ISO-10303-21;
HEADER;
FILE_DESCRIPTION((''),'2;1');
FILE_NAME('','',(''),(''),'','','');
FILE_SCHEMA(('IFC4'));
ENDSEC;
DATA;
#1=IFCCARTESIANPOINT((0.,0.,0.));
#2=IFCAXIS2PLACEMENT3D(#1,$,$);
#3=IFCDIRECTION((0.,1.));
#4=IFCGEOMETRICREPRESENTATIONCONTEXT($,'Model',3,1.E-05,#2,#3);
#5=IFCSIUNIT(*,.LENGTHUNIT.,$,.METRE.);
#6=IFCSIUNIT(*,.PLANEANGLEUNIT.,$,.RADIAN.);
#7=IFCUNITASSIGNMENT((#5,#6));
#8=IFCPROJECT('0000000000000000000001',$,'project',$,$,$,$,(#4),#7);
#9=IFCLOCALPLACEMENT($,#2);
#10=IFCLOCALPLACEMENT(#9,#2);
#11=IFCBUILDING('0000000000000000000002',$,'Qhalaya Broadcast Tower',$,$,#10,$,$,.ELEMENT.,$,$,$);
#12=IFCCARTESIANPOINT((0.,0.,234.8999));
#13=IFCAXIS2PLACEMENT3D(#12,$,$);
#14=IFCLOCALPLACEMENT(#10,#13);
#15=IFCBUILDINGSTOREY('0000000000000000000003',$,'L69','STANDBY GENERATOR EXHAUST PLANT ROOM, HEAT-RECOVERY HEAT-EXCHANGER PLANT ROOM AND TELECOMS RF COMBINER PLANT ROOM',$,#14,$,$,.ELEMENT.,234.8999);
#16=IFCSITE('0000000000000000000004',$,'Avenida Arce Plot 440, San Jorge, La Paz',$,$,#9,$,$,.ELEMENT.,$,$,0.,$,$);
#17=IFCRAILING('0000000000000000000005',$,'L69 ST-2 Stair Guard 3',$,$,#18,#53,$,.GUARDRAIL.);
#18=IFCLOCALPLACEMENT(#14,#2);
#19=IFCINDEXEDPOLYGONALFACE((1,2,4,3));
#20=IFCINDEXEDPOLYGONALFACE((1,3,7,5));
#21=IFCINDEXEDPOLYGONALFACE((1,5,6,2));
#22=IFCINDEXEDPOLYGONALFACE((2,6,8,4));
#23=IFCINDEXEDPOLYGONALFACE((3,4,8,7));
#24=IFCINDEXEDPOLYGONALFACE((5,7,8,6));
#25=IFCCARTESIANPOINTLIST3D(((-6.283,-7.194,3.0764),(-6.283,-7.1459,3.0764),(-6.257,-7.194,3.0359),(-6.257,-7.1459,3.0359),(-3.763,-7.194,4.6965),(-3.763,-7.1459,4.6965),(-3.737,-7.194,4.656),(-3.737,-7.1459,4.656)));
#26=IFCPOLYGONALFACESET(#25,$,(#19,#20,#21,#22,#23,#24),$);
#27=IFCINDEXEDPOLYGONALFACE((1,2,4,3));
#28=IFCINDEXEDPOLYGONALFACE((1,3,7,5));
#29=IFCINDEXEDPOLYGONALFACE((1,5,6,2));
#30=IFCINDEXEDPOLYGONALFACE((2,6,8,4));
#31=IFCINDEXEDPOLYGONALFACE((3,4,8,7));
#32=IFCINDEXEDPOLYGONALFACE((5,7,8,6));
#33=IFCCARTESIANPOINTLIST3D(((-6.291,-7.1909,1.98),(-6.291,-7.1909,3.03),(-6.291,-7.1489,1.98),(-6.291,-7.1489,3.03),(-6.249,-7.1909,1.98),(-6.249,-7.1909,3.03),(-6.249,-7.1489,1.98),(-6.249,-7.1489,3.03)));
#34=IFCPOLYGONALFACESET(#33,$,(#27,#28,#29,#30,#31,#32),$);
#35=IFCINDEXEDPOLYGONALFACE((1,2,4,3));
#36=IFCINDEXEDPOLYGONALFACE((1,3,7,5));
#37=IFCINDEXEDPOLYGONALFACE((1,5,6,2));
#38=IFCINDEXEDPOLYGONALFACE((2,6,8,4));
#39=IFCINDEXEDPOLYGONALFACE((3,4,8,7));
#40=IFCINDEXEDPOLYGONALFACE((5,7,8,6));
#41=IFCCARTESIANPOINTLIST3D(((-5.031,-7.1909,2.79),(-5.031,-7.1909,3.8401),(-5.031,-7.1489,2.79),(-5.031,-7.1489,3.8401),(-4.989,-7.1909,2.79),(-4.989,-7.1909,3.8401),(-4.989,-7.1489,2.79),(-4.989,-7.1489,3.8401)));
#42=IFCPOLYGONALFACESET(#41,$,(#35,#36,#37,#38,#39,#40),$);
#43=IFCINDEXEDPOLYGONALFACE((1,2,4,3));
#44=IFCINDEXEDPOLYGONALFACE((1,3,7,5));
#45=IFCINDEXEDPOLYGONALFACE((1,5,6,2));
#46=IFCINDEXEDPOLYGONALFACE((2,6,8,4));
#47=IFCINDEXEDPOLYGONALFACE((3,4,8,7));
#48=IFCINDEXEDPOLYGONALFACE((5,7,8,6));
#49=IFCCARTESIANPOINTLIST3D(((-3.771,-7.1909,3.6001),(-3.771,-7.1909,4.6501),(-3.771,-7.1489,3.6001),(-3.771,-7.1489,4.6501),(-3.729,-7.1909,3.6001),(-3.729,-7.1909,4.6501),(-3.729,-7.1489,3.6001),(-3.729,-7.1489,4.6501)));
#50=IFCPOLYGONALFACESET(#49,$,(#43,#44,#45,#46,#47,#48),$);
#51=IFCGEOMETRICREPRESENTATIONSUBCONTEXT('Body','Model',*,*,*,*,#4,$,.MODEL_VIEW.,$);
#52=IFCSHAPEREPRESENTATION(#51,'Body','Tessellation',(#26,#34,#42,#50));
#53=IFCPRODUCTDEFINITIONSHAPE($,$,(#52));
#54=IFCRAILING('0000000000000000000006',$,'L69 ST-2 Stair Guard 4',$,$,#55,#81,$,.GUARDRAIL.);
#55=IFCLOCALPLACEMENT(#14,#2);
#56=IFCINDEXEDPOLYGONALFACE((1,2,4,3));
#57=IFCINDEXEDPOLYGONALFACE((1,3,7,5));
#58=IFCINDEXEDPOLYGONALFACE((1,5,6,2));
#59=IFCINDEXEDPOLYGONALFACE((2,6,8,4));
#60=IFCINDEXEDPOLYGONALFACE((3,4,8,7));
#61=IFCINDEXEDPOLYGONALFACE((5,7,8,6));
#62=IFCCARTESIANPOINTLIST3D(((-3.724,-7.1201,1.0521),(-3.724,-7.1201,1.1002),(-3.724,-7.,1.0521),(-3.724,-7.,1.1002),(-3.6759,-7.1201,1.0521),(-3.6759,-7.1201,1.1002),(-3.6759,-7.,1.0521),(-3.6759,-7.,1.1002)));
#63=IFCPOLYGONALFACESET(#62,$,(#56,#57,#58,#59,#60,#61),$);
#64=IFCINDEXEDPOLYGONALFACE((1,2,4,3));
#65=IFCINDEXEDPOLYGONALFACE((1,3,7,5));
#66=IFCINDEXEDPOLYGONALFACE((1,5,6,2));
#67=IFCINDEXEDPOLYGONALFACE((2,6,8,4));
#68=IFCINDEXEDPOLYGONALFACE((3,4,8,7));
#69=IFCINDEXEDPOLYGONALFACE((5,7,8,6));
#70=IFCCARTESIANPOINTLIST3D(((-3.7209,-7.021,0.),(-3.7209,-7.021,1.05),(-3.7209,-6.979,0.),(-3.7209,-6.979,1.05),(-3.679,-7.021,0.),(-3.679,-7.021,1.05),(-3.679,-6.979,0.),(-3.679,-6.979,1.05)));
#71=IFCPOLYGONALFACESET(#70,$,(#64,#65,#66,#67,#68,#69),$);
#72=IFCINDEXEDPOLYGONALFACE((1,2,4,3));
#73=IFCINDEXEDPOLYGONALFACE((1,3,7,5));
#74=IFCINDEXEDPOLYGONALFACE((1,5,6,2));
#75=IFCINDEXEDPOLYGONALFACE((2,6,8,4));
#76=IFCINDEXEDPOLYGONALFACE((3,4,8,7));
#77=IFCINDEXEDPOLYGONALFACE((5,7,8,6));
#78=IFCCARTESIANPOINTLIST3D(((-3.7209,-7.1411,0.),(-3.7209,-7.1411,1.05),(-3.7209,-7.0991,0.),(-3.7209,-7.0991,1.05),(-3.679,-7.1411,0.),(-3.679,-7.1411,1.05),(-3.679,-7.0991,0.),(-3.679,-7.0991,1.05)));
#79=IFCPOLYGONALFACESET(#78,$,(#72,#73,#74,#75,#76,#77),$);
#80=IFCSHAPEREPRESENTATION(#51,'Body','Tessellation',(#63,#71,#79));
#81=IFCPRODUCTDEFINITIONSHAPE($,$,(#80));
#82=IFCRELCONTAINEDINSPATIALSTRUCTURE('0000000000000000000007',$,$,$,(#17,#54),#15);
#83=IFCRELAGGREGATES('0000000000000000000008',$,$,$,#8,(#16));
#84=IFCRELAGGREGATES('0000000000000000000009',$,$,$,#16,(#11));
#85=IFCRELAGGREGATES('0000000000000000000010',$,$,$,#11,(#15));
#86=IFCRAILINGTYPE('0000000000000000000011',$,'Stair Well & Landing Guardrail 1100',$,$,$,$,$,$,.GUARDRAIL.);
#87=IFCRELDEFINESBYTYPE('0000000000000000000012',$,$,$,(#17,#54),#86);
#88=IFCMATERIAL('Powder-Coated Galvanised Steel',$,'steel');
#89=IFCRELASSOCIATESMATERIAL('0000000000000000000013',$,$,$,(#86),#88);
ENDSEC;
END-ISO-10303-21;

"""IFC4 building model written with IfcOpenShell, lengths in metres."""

from ifc_helpers import new_model, si_unit, direction, frame, origin, origin_2d, place, context, subcontext, project, spatial, rectangle, extrude, material, type_object, element, save


model = new_model("IFC4")

# Units and contexts
model_context = context("Model", 3, precision=1e-05, world=origin(), true_north=direction((0.0, 1.0)))
body_context = subcontext(model_context, "Body", "Model", "MODEL_VIEW")
ifc_project = project(units=[si_unit("LENGTHUNIT", "METRE"), si_unit("PLANEANGLEUNIT", "RADIAN")], contexts=[model_context])

# Site, building, storey
site_placement = place(None, origin())
site = spatial("IfcSite", under=ifc_project, at=site_placement, Name="Avenida Arce Plot 440, San Jorge, La Paz", CompositionType="ELEMENT", RefElevation=0.0)
building_placement = place(site_placement, origin())
building = spatial("IfcBuilding", under=site, at=building_placement, Name="Qhalaya Broadcast Tower", CompositionType="ELEMENT")
storey_placement = place(building_placement, frame((0.0, 0.0, 234.8999)))
storey = spatial("IfcBuildingStorey", under=building, at=storey_placement, Name="L69", Description="STANDBY GENERATOR EXHAUST PLANT ROOM, HEAT-RECOVERY HEAT-EXCHANGER PLANT ROOM AND TELECOMS RF COMBINER PLANT ROOM", CompositionType="ELEMENT", Elevation=234.8999)

# Railings
ifc_material_1 = material(Name="Powder-Coated Galvanised Steel", Category="steel")
railing_type_1 = type_object("IfcRailingType", Name="Stair Well & Landing Guardrail 1100", PredefinedType="GUARDRAIL", material=ifc_material_1)
railing_1_placement = place(storey_placement, frame((-6.27, -7.1699, 1.98)))
element("IfcRailing", 1, at=railing_1_placement, inside=storey, type_object=railing_type_1, Name="L69 ST-2 Stair Guard 3", PredefinedType="GUARDRAIL", context=body_context, shape_type="SweptSolid", body=[
    extrude(rectangle(XDim=0.0481, YDim=0.0481, at=origin_2d()), frame((0.0, 0.0, 1.0762), z_axis=(0.841163, 0.0, 0.540782), x_axis=(0.0, 1.0, 0.0)), (0.0, 0.0, 1.0), 2.9958),
    extrude(rectangle(XDim=0.042, YDim=0.042, at=origin_2d()), origin(), (0.0, 0.0, 1.0), 1.05),
    extrude(rectangle(XDim=0.042, YDim=0.042, at=origin_2d()), frame((1.26, 0.0, 0.8101)), (0.0, 0.0, 1.0), 1.05),
    extrude(rectangle(XDim=0.042, YDim=0.042, at=origin_2d()), frame((2.52, 0.0, 1.6201)), (0.0, 0.0, 1.0), 1.05),
])
railing_2_placement = place(storey_placement, frame((-3.7, -7.0, 0.0)))
element("IfcRailing", 2, at=railing_2_placement, inside=storey, type_object=railing_type_1, Name="L69 ST-2 Stair Guard 4", PredefinedType="GUARDRAIL", context=body_context, shape_type="SweptSolid", body=[
    extrude(rectangle(XDim=0.0481, YDim=0.0481, at=origin_2d()), frame((0.0, 0.0, 1.0762), z_axis=(0.0, -1.0, 0.0), x_axis=(1.0, 0.0, 0.0)), (0.0, 0.0, 1.0), 0.1201),
    extrude(rectangle(XDim=0.042, YDim=0.042, at=origin_2d()), origin(), (0.0, 0.0, 1.0), 1.05),
    extrude(rectangle(XDim=0.042, YDim=0.042, at=origin_2d()), frame((0.0, -0.1201, 0.0)), (0.0, 0.0, 1.0), 1.05),
])

save(model, "model.ifc")
